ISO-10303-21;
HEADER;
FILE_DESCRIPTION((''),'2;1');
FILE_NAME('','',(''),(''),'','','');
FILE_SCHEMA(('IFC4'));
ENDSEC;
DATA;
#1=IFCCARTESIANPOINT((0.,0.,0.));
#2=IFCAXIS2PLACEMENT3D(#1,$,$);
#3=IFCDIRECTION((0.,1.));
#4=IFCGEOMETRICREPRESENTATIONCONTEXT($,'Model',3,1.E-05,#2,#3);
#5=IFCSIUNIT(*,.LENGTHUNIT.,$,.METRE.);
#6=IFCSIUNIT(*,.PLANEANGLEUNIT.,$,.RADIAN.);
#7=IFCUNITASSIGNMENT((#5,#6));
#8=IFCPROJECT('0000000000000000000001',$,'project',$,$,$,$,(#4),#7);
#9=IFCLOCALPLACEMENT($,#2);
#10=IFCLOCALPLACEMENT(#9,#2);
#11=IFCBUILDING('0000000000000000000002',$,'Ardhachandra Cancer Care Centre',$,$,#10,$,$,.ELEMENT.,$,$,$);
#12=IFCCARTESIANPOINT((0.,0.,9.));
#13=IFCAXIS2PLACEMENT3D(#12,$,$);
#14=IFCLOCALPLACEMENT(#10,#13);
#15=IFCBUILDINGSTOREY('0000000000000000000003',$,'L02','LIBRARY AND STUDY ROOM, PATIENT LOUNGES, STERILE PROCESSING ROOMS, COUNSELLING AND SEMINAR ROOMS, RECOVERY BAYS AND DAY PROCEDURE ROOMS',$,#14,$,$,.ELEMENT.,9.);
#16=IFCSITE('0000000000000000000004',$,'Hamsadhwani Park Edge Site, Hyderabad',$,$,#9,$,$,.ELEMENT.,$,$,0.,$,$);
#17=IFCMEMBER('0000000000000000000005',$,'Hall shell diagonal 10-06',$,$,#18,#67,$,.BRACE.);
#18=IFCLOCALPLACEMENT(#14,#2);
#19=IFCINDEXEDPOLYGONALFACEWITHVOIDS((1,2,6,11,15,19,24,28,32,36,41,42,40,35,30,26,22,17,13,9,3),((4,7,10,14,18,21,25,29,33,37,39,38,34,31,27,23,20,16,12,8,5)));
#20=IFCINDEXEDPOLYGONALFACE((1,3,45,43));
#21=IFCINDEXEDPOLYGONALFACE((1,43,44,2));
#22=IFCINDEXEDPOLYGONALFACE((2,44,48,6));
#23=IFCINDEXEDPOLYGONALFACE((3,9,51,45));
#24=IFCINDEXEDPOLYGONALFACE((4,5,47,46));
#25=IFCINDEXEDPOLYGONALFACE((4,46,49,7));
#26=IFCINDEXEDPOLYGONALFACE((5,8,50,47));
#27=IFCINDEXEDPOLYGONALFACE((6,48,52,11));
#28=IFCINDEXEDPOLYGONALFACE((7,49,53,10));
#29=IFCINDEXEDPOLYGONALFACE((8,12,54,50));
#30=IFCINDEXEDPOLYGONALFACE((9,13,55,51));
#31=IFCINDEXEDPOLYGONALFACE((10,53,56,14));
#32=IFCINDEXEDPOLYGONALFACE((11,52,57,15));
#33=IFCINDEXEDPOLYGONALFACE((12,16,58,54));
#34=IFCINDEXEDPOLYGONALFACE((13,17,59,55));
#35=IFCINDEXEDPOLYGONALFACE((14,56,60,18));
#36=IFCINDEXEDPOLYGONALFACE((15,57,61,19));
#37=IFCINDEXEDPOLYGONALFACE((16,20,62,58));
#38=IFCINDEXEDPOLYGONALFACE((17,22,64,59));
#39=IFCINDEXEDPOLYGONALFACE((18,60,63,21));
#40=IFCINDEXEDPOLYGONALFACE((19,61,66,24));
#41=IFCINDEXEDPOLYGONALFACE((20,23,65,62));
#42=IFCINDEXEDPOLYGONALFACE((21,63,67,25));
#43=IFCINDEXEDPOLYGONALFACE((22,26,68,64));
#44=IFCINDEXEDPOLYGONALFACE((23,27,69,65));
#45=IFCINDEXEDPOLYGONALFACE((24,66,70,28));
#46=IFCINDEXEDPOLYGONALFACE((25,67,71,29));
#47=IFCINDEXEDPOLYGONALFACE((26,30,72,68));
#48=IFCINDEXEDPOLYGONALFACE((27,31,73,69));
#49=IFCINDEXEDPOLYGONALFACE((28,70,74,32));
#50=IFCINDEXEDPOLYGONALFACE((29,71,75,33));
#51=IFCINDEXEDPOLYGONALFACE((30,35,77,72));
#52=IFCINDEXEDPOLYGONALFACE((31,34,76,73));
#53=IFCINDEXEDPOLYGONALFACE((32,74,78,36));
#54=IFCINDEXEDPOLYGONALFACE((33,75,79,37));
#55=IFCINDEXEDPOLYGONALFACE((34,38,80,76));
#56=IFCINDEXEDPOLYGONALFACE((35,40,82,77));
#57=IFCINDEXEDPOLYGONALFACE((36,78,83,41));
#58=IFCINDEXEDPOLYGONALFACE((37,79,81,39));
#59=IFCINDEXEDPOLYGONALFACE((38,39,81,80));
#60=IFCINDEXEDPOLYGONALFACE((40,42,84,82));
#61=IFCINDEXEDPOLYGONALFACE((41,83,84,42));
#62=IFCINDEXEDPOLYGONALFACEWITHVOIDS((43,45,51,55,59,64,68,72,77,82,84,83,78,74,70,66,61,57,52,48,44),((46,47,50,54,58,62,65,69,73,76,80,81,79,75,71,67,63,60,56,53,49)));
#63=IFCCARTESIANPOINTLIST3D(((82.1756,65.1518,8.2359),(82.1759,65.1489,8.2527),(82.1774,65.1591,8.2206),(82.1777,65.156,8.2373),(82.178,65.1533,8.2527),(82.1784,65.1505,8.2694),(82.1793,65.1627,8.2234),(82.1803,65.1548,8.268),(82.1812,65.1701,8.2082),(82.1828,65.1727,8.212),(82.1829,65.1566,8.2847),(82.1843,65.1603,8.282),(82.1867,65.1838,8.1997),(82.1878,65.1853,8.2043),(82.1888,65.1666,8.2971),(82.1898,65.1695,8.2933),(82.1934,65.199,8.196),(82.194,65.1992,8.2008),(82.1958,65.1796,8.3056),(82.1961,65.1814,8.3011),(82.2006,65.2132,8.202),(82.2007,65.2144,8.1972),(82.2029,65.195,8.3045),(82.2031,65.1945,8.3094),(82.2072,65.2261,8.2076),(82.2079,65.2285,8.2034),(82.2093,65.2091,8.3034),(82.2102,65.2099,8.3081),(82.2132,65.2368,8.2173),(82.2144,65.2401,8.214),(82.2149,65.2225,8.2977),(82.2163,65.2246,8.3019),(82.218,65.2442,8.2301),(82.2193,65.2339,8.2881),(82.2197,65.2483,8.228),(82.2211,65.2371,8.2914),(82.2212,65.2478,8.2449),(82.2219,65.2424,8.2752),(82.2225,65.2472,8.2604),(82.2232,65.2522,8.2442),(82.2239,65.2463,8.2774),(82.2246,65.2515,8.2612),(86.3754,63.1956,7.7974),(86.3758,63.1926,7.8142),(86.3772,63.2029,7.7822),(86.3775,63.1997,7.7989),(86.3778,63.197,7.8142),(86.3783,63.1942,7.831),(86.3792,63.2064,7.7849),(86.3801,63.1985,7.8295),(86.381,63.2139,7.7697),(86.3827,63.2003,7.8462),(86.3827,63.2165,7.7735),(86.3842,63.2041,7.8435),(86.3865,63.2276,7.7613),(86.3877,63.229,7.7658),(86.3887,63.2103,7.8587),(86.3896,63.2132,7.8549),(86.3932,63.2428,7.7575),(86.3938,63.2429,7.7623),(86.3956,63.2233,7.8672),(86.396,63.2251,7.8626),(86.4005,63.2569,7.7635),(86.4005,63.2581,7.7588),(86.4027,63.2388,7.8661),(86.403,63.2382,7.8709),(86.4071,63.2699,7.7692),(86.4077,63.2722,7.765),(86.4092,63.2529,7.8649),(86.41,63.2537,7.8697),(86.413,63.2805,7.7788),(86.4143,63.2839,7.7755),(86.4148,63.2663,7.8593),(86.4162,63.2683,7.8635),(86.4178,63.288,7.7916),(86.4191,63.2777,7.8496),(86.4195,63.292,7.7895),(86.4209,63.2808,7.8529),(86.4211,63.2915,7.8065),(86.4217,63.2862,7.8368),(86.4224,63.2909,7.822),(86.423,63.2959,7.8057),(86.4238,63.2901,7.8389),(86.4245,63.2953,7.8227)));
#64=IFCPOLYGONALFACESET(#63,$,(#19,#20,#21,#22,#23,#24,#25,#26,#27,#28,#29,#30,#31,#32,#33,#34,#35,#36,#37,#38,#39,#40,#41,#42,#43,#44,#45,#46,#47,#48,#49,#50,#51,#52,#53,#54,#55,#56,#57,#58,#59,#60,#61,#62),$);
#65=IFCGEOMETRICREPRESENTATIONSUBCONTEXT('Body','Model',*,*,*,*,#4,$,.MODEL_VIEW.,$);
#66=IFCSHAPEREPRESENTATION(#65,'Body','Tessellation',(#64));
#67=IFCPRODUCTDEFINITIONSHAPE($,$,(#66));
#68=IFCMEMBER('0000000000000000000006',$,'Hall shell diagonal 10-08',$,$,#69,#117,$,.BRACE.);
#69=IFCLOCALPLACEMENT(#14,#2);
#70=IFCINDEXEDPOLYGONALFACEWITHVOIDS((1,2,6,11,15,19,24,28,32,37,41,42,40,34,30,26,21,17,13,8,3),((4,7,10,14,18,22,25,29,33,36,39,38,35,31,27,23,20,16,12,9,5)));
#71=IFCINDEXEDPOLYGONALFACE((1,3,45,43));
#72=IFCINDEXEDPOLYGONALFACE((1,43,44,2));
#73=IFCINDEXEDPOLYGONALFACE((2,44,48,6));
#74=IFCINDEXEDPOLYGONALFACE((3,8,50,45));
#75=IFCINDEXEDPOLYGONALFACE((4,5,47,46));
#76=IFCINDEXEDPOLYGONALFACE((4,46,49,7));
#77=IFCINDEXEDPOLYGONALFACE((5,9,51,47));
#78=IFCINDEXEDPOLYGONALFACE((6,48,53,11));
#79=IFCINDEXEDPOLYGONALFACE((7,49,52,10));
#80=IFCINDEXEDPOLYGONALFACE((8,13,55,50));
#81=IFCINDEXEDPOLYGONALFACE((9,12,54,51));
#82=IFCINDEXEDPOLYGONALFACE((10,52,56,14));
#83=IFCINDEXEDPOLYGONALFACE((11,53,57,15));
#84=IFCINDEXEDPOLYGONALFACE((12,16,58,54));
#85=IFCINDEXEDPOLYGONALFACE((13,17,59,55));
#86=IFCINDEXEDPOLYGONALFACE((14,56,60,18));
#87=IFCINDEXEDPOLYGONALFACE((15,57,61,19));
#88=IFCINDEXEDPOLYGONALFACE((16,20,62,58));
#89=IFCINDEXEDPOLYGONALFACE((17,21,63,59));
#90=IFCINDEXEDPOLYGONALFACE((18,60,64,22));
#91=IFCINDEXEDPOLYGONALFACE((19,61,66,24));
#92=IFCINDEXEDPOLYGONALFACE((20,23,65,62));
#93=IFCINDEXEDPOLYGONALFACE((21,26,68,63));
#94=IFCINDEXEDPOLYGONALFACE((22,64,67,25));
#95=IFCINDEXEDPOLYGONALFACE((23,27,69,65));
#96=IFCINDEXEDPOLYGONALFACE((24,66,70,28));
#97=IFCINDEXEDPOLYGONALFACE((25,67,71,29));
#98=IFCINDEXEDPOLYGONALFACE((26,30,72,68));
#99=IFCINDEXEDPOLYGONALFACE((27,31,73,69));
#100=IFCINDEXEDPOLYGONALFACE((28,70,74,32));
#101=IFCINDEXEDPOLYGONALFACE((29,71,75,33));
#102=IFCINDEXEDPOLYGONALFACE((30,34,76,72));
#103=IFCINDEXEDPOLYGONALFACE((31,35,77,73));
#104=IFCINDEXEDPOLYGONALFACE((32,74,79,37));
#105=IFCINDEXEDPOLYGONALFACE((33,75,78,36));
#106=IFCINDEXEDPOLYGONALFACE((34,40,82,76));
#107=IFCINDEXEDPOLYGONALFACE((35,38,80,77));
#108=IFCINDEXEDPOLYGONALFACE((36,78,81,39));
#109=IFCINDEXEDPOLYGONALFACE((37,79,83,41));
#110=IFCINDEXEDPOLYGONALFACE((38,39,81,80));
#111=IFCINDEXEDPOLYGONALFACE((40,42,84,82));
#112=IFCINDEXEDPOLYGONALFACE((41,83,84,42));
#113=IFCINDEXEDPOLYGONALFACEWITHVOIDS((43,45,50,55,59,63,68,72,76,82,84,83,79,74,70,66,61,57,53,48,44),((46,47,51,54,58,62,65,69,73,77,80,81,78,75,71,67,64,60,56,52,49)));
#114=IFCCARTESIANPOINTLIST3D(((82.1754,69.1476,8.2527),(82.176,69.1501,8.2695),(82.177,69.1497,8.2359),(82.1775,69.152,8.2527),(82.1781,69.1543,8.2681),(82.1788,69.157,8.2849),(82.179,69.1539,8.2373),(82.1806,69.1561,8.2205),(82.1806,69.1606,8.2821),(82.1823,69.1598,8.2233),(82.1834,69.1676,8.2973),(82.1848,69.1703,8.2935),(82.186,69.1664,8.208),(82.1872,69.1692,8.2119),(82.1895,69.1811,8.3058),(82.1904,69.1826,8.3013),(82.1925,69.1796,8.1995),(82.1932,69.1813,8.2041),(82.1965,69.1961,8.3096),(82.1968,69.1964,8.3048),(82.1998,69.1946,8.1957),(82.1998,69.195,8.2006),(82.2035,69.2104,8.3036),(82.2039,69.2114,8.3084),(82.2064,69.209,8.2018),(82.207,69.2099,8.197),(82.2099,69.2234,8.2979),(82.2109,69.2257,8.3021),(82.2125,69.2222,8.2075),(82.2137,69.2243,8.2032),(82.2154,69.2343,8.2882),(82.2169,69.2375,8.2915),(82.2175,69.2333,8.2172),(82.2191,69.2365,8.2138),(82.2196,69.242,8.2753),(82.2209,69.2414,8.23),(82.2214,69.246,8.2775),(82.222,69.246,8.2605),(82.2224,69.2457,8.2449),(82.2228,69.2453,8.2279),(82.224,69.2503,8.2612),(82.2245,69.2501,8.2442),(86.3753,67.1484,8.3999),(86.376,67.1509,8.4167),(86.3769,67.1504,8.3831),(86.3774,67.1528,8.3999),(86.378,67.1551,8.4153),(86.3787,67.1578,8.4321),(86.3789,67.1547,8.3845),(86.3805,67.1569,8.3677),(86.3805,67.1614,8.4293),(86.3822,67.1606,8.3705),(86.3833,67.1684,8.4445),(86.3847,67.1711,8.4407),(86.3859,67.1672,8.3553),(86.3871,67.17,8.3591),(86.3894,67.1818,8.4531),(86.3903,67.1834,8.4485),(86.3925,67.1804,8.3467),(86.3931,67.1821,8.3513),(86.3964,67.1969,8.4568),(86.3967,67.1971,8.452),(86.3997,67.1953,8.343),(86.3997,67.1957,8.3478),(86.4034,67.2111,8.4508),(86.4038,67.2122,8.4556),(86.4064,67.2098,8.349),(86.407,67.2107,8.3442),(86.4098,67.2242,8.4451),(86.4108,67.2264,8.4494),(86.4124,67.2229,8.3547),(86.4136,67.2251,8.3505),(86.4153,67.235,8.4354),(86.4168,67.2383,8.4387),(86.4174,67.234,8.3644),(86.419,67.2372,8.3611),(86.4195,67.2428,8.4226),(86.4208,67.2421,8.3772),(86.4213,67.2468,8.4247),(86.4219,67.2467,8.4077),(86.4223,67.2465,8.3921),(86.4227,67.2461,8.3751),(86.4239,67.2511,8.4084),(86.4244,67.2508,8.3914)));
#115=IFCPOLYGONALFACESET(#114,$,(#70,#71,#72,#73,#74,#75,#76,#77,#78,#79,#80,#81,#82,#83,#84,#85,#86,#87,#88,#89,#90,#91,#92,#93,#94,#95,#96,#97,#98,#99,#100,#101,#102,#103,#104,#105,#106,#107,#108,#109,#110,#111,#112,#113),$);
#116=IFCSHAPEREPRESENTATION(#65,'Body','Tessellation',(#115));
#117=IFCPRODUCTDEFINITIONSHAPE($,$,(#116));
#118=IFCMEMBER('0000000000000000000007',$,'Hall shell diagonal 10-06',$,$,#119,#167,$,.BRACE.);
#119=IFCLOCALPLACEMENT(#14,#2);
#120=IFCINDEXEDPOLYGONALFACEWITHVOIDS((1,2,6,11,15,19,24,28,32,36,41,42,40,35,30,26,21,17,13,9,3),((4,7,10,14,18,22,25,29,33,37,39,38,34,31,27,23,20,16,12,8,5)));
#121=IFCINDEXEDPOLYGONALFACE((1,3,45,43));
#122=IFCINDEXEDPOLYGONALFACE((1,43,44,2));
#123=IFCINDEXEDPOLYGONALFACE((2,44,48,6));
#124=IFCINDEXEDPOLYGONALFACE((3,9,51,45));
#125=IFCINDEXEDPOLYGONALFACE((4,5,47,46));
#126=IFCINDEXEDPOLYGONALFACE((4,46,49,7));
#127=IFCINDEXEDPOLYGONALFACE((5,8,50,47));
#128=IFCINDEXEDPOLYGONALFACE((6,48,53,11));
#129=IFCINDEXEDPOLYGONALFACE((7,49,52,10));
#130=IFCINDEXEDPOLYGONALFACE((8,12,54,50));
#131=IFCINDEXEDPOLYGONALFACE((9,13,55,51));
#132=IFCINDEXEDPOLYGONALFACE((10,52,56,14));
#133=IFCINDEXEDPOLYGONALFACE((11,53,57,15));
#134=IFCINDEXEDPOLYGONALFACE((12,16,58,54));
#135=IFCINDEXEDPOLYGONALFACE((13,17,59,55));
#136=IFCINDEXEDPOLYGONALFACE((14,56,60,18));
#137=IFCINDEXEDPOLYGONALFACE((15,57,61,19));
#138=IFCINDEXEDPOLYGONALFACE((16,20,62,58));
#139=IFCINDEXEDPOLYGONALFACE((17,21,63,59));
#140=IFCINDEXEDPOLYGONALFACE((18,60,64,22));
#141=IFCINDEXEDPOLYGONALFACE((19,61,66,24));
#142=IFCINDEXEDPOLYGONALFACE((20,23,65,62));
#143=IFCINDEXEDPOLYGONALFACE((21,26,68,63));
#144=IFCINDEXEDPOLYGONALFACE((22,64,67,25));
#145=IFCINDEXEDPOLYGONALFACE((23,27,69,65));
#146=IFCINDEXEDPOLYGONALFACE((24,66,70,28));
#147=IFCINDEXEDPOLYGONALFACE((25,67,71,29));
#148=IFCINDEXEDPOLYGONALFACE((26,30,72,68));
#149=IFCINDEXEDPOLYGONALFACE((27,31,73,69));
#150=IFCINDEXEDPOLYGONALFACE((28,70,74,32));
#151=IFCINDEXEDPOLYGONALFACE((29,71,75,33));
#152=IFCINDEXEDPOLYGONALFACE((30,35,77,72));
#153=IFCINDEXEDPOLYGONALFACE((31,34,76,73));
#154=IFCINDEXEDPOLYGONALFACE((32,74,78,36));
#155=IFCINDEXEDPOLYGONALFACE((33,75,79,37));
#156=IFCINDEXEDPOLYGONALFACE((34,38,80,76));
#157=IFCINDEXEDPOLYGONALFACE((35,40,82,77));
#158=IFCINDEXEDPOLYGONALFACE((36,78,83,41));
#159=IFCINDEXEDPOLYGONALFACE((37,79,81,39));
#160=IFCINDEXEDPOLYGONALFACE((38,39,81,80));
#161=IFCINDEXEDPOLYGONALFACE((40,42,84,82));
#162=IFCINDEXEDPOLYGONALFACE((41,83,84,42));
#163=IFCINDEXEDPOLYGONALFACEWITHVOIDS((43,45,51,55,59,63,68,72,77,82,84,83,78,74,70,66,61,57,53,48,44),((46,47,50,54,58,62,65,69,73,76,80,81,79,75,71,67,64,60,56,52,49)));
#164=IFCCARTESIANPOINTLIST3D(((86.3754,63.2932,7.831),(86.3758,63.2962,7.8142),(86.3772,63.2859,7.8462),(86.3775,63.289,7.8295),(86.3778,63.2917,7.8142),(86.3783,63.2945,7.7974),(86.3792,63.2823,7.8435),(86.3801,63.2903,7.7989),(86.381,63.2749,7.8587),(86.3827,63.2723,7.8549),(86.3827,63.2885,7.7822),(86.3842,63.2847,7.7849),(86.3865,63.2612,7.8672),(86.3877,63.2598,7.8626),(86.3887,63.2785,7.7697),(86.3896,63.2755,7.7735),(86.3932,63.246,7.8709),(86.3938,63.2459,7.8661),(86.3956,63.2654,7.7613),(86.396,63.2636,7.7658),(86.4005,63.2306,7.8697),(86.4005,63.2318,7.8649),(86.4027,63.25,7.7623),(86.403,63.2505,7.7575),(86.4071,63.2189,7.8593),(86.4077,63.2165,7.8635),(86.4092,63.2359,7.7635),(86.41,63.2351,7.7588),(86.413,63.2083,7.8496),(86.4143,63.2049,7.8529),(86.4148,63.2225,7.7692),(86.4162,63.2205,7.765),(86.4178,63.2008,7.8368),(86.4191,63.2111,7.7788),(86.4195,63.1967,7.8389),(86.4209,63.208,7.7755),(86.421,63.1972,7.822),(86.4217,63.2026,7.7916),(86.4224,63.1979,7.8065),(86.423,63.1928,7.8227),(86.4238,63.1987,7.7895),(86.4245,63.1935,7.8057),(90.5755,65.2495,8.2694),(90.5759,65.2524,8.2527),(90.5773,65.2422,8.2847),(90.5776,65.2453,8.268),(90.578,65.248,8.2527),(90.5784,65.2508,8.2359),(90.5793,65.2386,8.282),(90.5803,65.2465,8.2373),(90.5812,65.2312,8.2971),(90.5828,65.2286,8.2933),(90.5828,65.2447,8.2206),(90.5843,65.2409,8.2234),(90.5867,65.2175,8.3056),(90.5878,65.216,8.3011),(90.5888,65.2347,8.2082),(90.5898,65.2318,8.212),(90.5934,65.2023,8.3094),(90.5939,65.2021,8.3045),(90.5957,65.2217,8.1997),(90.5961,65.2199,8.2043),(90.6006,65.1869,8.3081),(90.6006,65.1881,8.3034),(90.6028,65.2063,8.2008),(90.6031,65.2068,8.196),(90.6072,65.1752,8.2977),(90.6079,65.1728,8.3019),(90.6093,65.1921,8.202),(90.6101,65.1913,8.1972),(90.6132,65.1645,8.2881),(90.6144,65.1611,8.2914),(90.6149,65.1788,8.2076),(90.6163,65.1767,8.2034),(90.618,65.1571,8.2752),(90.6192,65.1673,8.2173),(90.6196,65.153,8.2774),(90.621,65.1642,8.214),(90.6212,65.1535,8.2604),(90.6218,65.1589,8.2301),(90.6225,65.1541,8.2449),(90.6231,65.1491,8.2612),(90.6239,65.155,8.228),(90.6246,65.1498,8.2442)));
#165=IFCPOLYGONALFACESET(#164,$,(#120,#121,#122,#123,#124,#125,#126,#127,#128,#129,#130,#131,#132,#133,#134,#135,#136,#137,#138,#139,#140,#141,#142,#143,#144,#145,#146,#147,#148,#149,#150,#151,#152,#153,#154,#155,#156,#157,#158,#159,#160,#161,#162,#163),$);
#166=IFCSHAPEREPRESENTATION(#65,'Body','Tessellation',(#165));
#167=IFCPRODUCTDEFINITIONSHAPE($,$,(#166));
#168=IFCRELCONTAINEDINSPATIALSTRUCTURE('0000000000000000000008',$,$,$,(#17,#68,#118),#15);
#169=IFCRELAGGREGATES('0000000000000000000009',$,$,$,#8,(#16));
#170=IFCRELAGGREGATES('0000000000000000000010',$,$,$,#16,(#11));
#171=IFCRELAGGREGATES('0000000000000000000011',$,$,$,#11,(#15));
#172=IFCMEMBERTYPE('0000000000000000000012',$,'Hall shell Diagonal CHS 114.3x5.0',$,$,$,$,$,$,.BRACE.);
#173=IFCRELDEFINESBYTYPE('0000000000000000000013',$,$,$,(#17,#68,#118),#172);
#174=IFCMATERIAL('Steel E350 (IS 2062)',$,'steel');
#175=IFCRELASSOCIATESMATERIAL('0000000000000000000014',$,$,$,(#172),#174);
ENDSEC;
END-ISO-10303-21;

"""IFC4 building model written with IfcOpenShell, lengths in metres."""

from ifc_helpers import new_model, si_unit, direction, frame, origin, origin_2d, place, context, subcontext, project, spatial, hollow_circle, extrude, material, material_profile, profile_set, type_object, element, save


model = new_model("IFC4")

# Units and contexts
model_context = context("Model", 3, precision=1e-05, world=origin(), true_north=direction((0.0, 1.0)))
body_context = subcontext(model_context, "Body", "Model", "MODEL_VIEW")
ifc_project = project(units=[si_unit("LENGTHUNIT", "METRE"), si_unit("PLANEANGLEUNIT", "RADIAN")], contexts=[model_context])

# Site, building, storey
site_placement = place(None, origin())
site = spatial("IfcSite", under=ifc_project, at=site_placement, Name="Hamsadhwani Park Edge Site, Hyderabad", CompositionType="ELEMENT", RefElevation=0.0)
building_placement = place(site_placement, origin())
building = spatial("IfcBuilding", under=site, at=building_placement, Name="Ardhachandra Cancer Care Centre", CompositionType="ELEMENT")
storey_placement = place(building_placement, frame((0.0, 0.0, 9.0)))
storey = spatial("IfcBuildingStorey", under=building, at=storey_placement, Name="L02", Description="LIBRARY AND STUDY ROOM, PATIENT LOUNGES, STERILE PROCESSING ROOMS, COUNSELLING AND SEMINAR ROOMS, RECOVERY BAYS AND DAY PROCEDURE ROOMS", CompositionType="ELEMENT", Elevation=9.0)

# Members
ifc_material_1 = material(Name="Steel E350 (IS 2062)", Category="steel")
ifc_material_profile_1 = material_profile(ifc_material_1, hollow_circle(Radius=0.0571, WallThickness=0.0049, at=origin_2d()), Name="CHS 114.3x5.0")
ifc_profile_set_1 = profile_set([ifc_material_profile_1], Name="Steel E350 (IS 2062)")
member_type_1 = type_object("IfcMemberType", Name="Hall shell Diagonal CHS 114.3x5.0", PredefinedType="BRACE", material=ifc_profile_set_1)
for number, where, z_axis, x_axis, name in (
    (1, (86.3999, 63.2444, 7.8142), (-0.902455, 0.420355, 0.094217), (-0.422233, -0.906487, 0.0), "Hall shell diagonal 10-06"),
    (2, (86.3999, 67.2, 8.3999), (-0.902468, 0.429594, -0.031633), (-0.429809, -0.90292, 0.0), "Hall shell diagonal 10-08"),
):
    element("IfcMember", number, at=place(storey_placement, frame(where, z_axis=z_axis, x_axis=x_axis)), inside=storey, type_object=member_type_1, Name=name, PredefinedType="BRACE", context=body_context, shape_type="SweptSolid", body=[
        extrude(hollow_circle(Radius=0.0571, WallThickness=0.0049, at=origin_2d()), origin(), (0.0, 0.0, 1.0), 4.6538),
    ])
for number, where, z_axis, x_axis, name in (
    (3, (86.3999, 63.2444, 7.8142), (0.902465, 0.420335, 0.094212), (-0.422213, 0.906497, 0.0), "Hall shell diagonal 10-06"),
):
    element("IfcMember", number, at=place(storey_placement, frame(where, z_axis=z_axis, x_axis=x_axis)), inside=storey, type_object=member_type_1, Name=name, PredefinedType="BRACE", context=body_context, shape_type="SweptSolid", body=[
        extrude(hollow_circle(Radius=0.0571, WallThickness=0.0049, at=origin_2d()), origin(), (0.0, 0.0, 1.0), 4.6541),
    ])

save(model, "model.ifc")
